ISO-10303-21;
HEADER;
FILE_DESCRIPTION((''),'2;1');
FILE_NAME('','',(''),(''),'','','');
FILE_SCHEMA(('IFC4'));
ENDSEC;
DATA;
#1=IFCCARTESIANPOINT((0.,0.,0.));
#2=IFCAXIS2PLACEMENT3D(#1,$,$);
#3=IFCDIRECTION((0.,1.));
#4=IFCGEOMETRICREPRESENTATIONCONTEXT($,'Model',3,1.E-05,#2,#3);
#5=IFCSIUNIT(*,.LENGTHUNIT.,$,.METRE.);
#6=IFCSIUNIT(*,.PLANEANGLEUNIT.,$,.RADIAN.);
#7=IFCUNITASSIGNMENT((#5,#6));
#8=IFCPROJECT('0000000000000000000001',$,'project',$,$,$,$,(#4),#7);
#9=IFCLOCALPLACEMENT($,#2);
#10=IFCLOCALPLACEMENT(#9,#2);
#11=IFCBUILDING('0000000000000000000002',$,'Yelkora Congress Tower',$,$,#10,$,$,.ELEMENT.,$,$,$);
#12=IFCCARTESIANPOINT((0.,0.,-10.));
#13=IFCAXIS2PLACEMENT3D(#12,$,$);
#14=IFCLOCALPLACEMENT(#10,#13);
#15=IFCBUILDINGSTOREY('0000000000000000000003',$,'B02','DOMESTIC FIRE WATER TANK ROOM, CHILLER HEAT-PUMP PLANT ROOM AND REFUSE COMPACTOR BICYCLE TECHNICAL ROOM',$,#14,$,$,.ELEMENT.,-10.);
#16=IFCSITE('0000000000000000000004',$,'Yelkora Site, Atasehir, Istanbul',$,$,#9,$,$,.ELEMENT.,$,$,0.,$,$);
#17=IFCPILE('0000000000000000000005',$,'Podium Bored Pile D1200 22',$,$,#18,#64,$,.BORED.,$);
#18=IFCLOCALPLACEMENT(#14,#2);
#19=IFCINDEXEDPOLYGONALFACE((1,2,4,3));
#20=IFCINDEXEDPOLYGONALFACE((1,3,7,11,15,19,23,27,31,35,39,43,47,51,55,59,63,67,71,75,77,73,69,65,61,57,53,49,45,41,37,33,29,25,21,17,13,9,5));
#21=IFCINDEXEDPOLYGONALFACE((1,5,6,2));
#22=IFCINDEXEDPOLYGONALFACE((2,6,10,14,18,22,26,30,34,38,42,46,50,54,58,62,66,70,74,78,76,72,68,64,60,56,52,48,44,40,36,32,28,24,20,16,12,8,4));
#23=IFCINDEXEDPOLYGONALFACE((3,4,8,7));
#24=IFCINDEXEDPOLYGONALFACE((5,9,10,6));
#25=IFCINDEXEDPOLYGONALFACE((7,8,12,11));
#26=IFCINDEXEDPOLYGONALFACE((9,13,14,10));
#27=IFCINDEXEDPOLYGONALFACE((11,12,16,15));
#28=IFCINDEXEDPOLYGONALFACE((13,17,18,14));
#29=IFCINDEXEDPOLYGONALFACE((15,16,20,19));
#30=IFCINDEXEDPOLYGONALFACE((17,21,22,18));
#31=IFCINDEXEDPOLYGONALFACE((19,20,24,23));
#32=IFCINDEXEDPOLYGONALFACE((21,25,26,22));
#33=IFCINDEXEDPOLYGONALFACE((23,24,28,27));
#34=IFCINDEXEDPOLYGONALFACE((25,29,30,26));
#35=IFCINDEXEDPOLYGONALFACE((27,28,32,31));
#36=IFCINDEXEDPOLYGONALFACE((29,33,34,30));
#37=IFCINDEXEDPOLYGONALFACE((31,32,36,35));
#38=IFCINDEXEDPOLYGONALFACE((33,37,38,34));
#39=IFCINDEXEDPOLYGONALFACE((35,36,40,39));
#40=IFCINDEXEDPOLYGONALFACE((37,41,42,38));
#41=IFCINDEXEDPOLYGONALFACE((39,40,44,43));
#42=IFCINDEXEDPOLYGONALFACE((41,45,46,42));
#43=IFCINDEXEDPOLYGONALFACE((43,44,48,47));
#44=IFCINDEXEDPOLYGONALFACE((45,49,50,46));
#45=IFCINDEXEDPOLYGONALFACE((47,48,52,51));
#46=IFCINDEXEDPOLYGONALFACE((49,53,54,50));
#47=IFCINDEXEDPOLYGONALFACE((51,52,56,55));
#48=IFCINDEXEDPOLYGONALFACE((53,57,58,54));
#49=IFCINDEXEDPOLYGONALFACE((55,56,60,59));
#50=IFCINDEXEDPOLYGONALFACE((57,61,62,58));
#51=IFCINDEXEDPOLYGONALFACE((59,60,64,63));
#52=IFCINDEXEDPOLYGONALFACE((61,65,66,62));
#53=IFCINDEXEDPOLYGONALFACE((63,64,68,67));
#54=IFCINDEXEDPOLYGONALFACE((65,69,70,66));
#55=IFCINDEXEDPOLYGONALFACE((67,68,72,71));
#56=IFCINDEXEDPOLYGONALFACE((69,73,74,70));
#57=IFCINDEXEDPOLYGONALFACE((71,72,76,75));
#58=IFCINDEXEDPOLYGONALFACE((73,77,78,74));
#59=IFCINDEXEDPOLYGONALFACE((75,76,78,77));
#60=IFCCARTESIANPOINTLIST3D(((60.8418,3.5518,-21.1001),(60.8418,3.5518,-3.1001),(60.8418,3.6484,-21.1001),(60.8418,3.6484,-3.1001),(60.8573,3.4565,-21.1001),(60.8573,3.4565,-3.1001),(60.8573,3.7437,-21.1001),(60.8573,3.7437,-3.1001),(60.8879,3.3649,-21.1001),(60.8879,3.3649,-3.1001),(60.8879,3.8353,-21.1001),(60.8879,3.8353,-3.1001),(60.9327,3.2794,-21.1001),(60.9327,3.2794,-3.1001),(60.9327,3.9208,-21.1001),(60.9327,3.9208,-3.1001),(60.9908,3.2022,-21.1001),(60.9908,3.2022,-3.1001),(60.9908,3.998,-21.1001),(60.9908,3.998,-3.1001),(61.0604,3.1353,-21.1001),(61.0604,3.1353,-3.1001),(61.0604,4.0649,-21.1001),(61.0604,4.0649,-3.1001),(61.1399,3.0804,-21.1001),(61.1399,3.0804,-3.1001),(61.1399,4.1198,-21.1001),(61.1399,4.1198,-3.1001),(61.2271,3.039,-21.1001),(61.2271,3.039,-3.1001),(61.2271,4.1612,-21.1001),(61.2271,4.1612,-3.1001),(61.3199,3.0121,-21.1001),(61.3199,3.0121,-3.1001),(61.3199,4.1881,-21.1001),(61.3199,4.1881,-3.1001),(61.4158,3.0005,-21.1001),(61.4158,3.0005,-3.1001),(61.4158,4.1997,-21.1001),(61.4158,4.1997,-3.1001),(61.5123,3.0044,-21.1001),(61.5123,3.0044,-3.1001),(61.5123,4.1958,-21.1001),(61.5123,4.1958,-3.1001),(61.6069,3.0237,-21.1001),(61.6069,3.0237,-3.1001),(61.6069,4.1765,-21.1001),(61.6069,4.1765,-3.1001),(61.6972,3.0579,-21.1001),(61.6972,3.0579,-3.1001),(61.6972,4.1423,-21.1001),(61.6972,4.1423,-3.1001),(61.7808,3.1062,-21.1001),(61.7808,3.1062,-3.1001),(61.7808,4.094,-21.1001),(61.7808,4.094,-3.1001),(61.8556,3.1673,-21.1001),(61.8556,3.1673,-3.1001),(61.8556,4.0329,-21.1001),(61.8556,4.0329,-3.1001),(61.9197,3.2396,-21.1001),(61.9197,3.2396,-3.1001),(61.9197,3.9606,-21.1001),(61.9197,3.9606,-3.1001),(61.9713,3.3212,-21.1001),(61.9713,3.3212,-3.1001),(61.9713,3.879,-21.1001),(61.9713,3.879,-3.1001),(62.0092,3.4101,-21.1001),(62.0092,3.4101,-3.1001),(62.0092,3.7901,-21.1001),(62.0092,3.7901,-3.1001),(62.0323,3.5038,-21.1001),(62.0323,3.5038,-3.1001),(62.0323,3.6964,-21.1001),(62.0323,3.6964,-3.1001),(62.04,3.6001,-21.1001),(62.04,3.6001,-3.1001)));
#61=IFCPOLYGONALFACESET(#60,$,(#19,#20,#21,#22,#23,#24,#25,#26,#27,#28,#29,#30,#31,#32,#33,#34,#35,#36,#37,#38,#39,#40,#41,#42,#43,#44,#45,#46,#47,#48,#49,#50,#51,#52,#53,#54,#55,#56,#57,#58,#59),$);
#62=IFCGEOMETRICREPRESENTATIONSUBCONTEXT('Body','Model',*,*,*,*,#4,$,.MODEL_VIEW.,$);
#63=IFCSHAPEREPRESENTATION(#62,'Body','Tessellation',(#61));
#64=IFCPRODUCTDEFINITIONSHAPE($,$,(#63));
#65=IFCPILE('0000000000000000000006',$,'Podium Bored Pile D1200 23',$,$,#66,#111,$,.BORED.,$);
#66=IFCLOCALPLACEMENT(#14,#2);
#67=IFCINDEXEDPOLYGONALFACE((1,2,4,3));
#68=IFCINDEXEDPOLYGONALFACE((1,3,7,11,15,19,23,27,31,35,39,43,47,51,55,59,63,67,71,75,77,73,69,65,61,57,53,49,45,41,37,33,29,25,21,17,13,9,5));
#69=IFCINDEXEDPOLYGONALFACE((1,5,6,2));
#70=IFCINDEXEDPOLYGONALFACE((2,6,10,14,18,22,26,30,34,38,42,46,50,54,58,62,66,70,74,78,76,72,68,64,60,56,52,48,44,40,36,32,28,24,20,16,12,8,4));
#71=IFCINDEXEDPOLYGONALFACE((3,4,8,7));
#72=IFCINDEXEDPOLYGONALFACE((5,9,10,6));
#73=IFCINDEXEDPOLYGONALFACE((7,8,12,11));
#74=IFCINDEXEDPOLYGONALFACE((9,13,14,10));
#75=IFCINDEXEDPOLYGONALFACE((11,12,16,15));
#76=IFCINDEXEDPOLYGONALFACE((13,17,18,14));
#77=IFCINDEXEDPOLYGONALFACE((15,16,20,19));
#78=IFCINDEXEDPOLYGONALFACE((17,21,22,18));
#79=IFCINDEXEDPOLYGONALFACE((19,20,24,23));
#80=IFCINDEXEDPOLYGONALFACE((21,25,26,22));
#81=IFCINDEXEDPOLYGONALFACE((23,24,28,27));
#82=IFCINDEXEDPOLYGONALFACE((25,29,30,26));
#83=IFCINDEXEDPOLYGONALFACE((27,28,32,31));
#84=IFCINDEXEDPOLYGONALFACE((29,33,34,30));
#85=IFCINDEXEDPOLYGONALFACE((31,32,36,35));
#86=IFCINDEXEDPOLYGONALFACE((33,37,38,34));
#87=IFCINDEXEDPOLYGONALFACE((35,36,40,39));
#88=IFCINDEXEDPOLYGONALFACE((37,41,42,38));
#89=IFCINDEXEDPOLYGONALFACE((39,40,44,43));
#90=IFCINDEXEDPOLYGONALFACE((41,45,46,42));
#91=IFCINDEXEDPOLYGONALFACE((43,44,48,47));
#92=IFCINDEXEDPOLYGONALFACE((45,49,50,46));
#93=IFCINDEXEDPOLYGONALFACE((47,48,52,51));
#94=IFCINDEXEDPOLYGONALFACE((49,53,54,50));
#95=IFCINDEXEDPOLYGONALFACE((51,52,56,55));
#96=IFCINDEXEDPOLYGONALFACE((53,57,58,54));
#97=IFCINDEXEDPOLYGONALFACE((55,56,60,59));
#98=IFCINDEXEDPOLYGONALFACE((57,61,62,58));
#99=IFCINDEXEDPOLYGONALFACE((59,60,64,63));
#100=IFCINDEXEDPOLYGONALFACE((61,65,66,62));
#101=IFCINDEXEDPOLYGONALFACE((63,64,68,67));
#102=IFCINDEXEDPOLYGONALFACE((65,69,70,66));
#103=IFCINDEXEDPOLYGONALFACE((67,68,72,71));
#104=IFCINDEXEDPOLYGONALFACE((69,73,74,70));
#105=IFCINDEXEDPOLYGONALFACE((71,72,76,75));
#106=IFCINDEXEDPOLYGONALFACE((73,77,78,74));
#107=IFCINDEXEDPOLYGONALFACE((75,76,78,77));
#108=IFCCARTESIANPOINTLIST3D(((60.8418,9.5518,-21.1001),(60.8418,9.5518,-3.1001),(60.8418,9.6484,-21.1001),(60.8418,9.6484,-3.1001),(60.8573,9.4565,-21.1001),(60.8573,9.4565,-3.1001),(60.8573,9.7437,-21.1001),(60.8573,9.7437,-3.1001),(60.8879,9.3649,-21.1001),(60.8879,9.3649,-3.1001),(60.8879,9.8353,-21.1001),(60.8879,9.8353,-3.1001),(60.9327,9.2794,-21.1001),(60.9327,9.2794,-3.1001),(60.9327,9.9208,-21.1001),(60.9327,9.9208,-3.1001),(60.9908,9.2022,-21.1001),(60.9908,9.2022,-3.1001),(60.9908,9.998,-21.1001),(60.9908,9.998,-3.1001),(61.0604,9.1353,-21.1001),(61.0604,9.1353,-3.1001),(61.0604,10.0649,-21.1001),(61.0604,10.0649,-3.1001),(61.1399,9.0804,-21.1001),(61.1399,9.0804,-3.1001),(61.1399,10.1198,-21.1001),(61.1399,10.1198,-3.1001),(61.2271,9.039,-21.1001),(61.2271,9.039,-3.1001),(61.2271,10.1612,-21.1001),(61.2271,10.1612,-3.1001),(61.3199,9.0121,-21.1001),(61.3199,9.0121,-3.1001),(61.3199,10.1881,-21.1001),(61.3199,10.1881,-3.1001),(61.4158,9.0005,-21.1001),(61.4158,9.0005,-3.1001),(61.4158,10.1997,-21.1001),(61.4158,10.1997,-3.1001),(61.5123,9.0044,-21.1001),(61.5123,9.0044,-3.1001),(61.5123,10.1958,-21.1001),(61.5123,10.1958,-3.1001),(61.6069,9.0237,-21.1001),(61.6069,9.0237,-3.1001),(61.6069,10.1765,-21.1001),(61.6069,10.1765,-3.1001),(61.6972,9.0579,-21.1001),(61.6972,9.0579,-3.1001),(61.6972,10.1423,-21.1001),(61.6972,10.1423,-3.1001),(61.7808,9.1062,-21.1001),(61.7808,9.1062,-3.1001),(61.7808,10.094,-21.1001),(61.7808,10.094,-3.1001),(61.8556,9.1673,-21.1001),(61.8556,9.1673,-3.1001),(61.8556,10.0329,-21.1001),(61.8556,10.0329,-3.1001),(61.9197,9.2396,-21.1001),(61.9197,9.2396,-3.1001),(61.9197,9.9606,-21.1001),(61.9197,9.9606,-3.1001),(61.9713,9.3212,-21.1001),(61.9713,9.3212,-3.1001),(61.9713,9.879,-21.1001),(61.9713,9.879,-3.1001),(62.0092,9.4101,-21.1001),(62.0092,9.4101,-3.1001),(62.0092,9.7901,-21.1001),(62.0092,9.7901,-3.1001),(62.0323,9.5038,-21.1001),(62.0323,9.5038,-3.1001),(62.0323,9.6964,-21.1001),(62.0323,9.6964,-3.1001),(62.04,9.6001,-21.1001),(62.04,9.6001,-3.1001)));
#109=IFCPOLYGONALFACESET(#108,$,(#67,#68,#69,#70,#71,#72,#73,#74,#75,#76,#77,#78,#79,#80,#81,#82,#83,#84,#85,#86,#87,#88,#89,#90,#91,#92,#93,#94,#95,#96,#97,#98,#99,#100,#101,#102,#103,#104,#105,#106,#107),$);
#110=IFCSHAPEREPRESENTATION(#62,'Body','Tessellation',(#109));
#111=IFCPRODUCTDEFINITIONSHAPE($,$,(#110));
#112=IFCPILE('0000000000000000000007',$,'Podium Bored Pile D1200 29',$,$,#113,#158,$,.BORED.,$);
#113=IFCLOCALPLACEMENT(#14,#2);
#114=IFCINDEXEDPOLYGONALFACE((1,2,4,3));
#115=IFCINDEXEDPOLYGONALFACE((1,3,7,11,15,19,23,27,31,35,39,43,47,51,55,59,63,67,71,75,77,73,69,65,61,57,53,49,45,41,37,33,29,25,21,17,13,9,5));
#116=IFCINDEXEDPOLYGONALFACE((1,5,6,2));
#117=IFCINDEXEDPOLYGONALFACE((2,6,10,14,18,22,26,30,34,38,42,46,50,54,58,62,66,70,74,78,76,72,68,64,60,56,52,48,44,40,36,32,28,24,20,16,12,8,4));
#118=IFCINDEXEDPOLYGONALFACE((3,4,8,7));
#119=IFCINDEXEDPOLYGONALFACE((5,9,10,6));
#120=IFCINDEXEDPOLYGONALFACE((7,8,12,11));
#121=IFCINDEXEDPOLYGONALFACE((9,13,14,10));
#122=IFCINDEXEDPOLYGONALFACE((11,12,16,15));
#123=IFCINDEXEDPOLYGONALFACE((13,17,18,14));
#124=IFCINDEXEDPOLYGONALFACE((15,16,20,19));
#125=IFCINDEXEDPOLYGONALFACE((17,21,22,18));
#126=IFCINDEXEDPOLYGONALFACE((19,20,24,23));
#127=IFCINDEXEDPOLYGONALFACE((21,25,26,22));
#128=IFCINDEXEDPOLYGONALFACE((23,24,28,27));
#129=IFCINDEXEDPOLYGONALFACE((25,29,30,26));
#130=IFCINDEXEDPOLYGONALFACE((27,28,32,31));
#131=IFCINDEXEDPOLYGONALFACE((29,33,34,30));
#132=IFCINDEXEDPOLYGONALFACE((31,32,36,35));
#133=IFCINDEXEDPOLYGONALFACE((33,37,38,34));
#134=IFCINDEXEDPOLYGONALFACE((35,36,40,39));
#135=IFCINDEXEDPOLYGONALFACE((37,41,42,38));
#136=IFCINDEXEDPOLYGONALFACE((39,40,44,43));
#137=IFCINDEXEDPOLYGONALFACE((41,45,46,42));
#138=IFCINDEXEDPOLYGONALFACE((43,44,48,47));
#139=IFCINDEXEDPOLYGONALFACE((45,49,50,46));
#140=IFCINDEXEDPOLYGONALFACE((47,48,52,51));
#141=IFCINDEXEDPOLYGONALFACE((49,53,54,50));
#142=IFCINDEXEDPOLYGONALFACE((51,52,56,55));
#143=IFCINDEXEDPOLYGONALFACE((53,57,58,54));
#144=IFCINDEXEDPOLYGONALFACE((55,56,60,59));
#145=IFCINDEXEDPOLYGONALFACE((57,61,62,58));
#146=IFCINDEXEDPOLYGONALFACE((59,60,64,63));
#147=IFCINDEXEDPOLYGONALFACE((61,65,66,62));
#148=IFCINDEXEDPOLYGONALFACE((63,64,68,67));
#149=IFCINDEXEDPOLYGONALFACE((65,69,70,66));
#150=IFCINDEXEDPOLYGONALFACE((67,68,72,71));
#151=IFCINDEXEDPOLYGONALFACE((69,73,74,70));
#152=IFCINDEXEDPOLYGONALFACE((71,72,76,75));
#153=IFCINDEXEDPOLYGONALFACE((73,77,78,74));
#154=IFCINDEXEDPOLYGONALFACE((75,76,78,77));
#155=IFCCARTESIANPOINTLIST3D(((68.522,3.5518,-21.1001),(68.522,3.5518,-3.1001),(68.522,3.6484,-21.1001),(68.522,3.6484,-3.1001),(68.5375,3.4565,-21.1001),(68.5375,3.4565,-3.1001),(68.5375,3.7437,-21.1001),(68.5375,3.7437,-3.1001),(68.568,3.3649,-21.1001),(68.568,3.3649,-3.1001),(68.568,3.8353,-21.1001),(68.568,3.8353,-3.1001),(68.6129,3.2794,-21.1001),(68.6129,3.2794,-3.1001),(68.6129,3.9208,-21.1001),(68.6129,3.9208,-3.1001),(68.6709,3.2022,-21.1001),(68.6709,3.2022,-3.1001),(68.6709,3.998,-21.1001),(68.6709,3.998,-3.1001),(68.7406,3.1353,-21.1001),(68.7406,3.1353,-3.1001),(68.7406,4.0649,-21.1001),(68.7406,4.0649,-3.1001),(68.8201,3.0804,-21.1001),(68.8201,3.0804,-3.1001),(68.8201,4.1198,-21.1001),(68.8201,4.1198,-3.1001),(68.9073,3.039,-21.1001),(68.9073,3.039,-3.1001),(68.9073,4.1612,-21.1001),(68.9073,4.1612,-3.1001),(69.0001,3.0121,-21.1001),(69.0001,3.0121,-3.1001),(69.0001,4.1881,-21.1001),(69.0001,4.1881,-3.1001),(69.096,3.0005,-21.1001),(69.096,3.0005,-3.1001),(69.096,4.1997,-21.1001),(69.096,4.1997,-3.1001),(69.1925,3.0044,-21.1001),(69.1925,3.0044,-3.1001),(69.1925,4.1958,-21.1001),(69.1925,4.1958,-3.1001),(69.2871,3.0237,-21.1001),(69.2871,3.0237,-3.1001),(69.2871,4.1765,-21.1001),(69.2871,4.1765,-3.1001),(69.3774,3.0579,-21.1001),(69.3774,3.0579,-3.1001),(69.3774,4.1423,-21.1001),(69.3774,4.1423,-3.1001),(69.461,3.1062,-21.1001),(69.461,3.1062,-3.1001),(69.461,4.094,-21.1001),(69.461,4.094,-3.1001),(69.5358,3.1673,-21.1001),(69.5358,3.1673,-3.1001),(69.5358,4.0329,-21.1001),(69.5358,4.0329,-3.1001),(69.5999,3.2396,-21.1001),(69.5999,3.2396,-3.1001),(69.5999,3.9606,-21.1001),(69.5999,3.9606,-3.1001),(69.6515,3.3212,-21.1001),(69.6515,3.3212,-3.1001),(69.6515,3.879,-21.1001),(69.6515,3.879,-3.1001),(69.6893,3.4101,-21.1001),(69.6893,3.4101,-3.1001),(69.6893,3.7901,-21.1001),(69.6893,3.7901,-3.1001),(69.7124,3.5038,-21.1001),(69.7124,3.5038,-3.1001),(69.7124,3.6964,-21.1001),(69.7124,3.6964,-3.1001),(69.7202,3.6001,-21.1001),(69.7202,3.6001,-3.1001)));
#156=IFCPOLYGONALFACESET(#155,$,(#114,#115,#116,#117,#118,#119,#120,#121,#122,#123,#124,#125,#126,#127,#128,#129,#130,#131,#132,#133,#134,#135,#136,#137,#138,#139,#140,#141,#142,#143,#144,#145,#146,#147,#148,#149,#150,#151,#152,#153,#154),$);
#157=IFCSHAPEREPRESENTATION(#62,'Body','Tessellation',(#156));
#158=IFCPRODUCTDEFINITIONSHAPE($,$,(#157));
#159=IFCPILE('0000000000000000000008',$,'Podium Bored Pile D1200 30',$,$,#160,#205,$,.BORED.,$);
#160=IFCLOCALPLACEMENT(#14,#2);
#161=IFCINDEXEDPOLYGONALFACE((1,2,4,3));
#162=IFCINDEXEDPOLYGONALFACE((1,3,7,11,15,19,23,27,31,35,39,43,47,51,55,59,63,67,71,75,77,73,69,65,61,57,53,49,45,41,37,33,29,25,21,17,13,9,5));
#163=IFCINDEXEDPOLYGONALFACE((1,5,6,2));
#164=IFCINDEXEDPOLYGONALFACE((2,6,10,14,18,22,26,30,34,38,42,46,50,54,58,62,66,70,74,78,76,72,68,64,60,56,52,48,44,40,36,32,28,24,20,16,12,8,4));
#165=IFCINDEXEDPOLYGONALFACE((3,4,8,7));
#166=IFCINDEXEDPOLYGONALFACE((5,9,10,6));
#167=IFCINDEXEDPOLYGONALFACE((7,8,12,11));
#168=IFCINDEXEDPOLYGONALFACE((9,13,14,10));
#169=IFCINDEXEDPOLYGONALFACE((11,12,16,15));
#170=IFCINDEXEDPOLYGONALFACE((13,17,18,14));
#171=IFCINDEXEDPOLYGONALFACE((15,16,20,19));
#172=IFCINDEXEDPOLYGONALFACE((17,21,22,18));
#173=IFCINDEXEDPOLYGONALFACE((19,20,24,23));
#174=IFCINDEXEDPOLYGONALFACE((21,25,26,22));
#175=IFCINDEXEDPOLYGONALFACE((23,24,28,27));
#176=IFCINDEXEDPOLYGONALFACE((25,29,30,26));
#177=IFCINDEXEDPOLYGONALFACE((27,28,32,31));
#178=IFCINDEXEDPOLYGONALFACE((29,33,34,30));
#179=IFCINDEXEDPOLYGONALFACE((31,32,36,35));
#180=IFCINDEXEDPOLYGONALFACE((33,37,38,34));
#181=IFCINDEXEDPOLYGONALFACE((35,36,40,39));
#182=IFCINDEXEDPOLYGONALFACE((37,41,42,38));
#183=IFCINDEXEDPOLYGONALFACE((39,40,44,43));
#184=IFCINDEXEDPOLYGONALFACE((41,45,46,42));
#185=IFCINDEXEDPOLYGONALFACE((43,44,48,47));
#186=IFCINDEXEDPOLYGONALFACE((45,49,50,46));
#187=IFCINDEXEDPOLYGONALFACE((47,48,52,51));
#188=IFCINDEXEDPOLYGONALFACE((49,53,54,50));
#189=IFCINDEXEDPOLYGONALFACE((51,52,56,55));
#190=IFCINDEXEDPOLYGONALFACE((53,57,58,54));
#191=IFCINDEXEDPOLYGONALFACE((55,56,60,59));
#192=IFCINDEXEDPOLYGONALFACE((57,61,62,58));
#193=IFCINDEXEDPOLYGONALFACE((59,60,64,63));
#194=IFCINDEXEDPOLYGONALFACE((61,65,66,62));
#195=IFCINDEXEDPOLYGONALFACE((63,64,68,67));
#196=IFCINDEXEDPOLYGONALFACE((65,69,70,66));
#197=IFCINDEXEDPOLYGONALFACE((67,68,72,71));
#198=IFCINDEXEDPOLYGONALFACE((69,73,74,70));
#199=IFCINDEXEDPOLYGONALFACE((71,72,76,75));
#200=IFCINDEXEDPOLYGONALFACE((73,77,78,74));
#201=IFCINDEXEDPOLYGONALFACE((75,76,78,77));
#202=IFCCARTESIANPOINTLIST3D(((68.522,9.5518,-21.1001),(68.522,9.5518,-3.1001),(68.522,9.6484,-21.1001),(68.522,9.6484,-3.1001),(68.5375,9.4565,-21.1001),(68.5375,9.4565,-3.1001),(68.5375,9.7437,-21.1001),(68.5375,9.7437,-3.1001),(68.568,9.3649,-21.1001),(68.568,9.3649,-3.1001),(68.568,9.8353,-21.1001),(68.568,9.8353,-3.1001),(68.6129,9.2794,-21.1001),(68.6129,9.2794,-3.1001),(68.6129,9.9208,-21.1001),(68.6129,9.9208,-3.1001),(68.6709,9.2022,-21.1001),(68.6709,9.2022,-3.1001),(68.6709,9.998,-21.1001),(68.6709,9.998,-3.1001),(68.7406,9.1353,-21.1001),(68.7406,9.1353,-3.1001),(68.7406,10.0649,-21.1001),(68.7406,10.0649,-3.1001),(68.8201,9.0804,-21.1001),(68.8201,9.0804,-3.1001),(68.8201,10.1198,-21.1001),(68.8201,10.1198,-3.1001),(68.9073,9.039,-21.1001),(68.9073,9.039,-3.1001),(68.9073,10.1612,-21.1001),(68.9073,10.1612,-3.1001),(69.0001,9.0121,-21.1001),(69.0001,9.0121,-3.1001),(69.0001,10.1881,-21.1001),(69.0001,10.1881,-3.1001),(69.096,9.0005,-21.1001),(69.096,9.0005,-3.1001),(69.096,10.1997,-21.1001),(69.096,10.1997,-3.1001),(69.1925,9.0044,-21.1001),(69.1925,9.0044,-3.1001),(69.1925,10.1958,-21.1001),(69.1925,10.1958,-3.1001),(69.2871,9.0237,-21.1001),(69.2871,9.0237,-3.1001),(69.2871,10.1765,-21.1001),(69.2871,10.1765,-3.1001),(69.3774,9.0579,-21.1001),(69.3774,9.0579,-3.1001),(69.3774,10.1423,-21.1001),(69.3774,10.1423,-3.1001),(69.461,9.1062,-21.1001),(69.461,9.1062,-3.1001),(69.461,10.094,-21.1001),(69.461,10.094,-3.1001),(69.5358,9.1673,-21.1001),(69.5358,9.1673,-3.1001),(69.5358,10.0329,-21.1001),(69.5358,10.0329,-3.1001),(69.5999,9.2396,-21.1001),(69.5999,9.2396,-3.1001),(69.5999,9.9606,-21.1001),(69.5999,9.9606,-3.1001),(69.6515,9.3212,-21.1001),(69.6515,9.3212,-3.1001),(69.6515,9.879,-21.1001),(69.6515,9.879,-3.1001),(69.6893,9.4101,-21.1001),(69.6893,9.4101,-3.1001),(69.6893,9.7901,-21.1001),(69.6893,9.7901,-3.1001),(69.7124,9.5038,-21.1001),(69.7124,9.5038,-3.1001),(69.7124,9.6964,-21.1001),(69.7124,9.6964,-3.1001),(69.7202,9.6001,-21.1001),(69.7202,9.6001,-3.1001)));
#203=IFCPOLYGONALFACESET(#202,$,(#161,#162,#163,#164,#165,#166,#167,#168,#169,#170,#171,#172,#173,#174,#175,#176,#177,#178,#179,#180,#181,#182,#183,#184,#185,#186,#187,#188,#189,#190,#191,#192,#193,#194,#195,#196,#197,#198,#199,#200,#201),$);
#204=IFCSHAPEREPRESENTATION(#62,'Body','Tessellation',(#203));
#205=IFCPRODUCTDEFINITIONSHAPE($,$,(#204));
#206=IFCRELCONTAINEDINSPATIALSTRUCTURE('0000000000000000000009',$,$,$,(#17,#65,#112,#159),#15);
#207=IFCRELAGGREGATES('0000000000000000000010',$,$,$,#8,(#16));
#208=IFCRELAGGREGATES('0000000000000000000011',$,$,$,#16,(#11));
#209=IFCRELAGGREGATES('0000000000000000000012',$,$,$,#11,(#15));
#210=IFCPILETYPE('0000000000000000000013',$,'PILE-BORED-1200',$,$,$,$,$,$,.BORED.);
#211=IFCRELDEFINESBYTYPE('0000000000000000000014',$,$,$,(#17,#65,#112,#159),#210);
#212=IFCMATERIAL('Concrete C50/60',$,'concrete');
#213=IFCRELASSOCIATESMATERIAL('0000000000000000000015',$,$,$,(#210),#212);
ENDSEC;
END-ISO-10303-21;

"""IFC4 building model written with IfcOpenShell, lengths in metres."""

from ifc_helpers import new_model, si_unit, direction, frame, origin, origin_2d, place, context, subcontext, project, spatial, circle, extrude, material, material_profile, profile_set, type_object, element, save


model = new_model("IFC4")

# Units and contexts
model_context = context("Model", 3, precision=1e-05, world=origin(), true_north=direction((0.0, 1.0)))
body_context = subcontext(model_context, "Body", "Model", "MODEL_VIEW")
ifc_project = project(units=[si_unit("LENGTHUNIT", "METRE"), si_unit("PLANEANGLEUNIT", "RADIAN")], contexts=[model_context])

# Site, building, storey
site_placement = place(None, origin())
site = spatial("IfcSite", under=ifc_project, at=site_placement, Name="Yelkora Site, Atasehir, Istanbul", CompositionType="ELEMENT", RefElevation=0.0)
building_placement = place(site_placement, origin())
building = spatial("IfcBuilding", under=site, at=building_placement, Name="Yelkora Congress Tower", CompositionType="ELEMENT")
storey_placement = place(building_placement, frame((0.0, 0.0, -10.0)))
storey = spatial("IfcBuildingStorey", under=building, at=storey_placement, Name="B02", Description="DOMESTIC FIRE WATER TANK ROOM, CHILLER HEAT-PUMP PLANT ROOM AND REFUSE COMPACTOR BICYCLE TECHNICAL ROOM", CompositionType="ELEMENT", Elevation=-10.0)

# Piles
ifc_material_1 = material(Name="Concrete C50/60", Category="concrete")
ifc_material_profile_1 = material_profile(ifc_material_1, circle(Radius=0.6001, at=origin_2d()), Name="PILE D1200")
ifc_profile_set_1 = profile_set([ifc_material_profile_1], Name="Concrete C50/60")
pile_type_1 = type_object("IfcPileType", Name="PILE-BORED-1200", PredefinedType="BORED", material=ifc_profile_set_1)
for number, where, z_axis, x_axis, name in (
    (1, (61.4399, 3.6001, -3.1001), (0.0, 0.0, -1.0), (1.0, 0.0, 0.0), "Podium Bored Pile D1200 22"),
    (2, (61.4399, 9.6001, -3.1001), (0.0, 0.0, -1.0), (1.0, 0.0, 0.0), "Podium Bored Pile D1200 23"),
    (3, (69.1201, 3.6001, -3.1001), (0.0, 0.0, -1.0), (1.0, 0.0, 0.0), "Podium Bored Pile D1200 29"),
    (4, (69.1201, 9.6001, -3.1001), (0.0, 0.0, -1.0), (1.0, 0.0, 0.0), "Podium Bored Pile D1200 30"),
):
    element("IfcPile", number, at=place(storey_placement, frame(where, z_axis=z_axis, x_axis=x_axis)), inside=storey, type_object=pile_type_1, Name=name, PredefinedType="BORED", context=body_context, shape_type="SweptSolid", body=[
        extrude(circle(Radius=0.6001, at=origin_2d()), origin(), (0.0, 0.0, 1.0), 18.0),
    ])

save(model, "model.ifc")
